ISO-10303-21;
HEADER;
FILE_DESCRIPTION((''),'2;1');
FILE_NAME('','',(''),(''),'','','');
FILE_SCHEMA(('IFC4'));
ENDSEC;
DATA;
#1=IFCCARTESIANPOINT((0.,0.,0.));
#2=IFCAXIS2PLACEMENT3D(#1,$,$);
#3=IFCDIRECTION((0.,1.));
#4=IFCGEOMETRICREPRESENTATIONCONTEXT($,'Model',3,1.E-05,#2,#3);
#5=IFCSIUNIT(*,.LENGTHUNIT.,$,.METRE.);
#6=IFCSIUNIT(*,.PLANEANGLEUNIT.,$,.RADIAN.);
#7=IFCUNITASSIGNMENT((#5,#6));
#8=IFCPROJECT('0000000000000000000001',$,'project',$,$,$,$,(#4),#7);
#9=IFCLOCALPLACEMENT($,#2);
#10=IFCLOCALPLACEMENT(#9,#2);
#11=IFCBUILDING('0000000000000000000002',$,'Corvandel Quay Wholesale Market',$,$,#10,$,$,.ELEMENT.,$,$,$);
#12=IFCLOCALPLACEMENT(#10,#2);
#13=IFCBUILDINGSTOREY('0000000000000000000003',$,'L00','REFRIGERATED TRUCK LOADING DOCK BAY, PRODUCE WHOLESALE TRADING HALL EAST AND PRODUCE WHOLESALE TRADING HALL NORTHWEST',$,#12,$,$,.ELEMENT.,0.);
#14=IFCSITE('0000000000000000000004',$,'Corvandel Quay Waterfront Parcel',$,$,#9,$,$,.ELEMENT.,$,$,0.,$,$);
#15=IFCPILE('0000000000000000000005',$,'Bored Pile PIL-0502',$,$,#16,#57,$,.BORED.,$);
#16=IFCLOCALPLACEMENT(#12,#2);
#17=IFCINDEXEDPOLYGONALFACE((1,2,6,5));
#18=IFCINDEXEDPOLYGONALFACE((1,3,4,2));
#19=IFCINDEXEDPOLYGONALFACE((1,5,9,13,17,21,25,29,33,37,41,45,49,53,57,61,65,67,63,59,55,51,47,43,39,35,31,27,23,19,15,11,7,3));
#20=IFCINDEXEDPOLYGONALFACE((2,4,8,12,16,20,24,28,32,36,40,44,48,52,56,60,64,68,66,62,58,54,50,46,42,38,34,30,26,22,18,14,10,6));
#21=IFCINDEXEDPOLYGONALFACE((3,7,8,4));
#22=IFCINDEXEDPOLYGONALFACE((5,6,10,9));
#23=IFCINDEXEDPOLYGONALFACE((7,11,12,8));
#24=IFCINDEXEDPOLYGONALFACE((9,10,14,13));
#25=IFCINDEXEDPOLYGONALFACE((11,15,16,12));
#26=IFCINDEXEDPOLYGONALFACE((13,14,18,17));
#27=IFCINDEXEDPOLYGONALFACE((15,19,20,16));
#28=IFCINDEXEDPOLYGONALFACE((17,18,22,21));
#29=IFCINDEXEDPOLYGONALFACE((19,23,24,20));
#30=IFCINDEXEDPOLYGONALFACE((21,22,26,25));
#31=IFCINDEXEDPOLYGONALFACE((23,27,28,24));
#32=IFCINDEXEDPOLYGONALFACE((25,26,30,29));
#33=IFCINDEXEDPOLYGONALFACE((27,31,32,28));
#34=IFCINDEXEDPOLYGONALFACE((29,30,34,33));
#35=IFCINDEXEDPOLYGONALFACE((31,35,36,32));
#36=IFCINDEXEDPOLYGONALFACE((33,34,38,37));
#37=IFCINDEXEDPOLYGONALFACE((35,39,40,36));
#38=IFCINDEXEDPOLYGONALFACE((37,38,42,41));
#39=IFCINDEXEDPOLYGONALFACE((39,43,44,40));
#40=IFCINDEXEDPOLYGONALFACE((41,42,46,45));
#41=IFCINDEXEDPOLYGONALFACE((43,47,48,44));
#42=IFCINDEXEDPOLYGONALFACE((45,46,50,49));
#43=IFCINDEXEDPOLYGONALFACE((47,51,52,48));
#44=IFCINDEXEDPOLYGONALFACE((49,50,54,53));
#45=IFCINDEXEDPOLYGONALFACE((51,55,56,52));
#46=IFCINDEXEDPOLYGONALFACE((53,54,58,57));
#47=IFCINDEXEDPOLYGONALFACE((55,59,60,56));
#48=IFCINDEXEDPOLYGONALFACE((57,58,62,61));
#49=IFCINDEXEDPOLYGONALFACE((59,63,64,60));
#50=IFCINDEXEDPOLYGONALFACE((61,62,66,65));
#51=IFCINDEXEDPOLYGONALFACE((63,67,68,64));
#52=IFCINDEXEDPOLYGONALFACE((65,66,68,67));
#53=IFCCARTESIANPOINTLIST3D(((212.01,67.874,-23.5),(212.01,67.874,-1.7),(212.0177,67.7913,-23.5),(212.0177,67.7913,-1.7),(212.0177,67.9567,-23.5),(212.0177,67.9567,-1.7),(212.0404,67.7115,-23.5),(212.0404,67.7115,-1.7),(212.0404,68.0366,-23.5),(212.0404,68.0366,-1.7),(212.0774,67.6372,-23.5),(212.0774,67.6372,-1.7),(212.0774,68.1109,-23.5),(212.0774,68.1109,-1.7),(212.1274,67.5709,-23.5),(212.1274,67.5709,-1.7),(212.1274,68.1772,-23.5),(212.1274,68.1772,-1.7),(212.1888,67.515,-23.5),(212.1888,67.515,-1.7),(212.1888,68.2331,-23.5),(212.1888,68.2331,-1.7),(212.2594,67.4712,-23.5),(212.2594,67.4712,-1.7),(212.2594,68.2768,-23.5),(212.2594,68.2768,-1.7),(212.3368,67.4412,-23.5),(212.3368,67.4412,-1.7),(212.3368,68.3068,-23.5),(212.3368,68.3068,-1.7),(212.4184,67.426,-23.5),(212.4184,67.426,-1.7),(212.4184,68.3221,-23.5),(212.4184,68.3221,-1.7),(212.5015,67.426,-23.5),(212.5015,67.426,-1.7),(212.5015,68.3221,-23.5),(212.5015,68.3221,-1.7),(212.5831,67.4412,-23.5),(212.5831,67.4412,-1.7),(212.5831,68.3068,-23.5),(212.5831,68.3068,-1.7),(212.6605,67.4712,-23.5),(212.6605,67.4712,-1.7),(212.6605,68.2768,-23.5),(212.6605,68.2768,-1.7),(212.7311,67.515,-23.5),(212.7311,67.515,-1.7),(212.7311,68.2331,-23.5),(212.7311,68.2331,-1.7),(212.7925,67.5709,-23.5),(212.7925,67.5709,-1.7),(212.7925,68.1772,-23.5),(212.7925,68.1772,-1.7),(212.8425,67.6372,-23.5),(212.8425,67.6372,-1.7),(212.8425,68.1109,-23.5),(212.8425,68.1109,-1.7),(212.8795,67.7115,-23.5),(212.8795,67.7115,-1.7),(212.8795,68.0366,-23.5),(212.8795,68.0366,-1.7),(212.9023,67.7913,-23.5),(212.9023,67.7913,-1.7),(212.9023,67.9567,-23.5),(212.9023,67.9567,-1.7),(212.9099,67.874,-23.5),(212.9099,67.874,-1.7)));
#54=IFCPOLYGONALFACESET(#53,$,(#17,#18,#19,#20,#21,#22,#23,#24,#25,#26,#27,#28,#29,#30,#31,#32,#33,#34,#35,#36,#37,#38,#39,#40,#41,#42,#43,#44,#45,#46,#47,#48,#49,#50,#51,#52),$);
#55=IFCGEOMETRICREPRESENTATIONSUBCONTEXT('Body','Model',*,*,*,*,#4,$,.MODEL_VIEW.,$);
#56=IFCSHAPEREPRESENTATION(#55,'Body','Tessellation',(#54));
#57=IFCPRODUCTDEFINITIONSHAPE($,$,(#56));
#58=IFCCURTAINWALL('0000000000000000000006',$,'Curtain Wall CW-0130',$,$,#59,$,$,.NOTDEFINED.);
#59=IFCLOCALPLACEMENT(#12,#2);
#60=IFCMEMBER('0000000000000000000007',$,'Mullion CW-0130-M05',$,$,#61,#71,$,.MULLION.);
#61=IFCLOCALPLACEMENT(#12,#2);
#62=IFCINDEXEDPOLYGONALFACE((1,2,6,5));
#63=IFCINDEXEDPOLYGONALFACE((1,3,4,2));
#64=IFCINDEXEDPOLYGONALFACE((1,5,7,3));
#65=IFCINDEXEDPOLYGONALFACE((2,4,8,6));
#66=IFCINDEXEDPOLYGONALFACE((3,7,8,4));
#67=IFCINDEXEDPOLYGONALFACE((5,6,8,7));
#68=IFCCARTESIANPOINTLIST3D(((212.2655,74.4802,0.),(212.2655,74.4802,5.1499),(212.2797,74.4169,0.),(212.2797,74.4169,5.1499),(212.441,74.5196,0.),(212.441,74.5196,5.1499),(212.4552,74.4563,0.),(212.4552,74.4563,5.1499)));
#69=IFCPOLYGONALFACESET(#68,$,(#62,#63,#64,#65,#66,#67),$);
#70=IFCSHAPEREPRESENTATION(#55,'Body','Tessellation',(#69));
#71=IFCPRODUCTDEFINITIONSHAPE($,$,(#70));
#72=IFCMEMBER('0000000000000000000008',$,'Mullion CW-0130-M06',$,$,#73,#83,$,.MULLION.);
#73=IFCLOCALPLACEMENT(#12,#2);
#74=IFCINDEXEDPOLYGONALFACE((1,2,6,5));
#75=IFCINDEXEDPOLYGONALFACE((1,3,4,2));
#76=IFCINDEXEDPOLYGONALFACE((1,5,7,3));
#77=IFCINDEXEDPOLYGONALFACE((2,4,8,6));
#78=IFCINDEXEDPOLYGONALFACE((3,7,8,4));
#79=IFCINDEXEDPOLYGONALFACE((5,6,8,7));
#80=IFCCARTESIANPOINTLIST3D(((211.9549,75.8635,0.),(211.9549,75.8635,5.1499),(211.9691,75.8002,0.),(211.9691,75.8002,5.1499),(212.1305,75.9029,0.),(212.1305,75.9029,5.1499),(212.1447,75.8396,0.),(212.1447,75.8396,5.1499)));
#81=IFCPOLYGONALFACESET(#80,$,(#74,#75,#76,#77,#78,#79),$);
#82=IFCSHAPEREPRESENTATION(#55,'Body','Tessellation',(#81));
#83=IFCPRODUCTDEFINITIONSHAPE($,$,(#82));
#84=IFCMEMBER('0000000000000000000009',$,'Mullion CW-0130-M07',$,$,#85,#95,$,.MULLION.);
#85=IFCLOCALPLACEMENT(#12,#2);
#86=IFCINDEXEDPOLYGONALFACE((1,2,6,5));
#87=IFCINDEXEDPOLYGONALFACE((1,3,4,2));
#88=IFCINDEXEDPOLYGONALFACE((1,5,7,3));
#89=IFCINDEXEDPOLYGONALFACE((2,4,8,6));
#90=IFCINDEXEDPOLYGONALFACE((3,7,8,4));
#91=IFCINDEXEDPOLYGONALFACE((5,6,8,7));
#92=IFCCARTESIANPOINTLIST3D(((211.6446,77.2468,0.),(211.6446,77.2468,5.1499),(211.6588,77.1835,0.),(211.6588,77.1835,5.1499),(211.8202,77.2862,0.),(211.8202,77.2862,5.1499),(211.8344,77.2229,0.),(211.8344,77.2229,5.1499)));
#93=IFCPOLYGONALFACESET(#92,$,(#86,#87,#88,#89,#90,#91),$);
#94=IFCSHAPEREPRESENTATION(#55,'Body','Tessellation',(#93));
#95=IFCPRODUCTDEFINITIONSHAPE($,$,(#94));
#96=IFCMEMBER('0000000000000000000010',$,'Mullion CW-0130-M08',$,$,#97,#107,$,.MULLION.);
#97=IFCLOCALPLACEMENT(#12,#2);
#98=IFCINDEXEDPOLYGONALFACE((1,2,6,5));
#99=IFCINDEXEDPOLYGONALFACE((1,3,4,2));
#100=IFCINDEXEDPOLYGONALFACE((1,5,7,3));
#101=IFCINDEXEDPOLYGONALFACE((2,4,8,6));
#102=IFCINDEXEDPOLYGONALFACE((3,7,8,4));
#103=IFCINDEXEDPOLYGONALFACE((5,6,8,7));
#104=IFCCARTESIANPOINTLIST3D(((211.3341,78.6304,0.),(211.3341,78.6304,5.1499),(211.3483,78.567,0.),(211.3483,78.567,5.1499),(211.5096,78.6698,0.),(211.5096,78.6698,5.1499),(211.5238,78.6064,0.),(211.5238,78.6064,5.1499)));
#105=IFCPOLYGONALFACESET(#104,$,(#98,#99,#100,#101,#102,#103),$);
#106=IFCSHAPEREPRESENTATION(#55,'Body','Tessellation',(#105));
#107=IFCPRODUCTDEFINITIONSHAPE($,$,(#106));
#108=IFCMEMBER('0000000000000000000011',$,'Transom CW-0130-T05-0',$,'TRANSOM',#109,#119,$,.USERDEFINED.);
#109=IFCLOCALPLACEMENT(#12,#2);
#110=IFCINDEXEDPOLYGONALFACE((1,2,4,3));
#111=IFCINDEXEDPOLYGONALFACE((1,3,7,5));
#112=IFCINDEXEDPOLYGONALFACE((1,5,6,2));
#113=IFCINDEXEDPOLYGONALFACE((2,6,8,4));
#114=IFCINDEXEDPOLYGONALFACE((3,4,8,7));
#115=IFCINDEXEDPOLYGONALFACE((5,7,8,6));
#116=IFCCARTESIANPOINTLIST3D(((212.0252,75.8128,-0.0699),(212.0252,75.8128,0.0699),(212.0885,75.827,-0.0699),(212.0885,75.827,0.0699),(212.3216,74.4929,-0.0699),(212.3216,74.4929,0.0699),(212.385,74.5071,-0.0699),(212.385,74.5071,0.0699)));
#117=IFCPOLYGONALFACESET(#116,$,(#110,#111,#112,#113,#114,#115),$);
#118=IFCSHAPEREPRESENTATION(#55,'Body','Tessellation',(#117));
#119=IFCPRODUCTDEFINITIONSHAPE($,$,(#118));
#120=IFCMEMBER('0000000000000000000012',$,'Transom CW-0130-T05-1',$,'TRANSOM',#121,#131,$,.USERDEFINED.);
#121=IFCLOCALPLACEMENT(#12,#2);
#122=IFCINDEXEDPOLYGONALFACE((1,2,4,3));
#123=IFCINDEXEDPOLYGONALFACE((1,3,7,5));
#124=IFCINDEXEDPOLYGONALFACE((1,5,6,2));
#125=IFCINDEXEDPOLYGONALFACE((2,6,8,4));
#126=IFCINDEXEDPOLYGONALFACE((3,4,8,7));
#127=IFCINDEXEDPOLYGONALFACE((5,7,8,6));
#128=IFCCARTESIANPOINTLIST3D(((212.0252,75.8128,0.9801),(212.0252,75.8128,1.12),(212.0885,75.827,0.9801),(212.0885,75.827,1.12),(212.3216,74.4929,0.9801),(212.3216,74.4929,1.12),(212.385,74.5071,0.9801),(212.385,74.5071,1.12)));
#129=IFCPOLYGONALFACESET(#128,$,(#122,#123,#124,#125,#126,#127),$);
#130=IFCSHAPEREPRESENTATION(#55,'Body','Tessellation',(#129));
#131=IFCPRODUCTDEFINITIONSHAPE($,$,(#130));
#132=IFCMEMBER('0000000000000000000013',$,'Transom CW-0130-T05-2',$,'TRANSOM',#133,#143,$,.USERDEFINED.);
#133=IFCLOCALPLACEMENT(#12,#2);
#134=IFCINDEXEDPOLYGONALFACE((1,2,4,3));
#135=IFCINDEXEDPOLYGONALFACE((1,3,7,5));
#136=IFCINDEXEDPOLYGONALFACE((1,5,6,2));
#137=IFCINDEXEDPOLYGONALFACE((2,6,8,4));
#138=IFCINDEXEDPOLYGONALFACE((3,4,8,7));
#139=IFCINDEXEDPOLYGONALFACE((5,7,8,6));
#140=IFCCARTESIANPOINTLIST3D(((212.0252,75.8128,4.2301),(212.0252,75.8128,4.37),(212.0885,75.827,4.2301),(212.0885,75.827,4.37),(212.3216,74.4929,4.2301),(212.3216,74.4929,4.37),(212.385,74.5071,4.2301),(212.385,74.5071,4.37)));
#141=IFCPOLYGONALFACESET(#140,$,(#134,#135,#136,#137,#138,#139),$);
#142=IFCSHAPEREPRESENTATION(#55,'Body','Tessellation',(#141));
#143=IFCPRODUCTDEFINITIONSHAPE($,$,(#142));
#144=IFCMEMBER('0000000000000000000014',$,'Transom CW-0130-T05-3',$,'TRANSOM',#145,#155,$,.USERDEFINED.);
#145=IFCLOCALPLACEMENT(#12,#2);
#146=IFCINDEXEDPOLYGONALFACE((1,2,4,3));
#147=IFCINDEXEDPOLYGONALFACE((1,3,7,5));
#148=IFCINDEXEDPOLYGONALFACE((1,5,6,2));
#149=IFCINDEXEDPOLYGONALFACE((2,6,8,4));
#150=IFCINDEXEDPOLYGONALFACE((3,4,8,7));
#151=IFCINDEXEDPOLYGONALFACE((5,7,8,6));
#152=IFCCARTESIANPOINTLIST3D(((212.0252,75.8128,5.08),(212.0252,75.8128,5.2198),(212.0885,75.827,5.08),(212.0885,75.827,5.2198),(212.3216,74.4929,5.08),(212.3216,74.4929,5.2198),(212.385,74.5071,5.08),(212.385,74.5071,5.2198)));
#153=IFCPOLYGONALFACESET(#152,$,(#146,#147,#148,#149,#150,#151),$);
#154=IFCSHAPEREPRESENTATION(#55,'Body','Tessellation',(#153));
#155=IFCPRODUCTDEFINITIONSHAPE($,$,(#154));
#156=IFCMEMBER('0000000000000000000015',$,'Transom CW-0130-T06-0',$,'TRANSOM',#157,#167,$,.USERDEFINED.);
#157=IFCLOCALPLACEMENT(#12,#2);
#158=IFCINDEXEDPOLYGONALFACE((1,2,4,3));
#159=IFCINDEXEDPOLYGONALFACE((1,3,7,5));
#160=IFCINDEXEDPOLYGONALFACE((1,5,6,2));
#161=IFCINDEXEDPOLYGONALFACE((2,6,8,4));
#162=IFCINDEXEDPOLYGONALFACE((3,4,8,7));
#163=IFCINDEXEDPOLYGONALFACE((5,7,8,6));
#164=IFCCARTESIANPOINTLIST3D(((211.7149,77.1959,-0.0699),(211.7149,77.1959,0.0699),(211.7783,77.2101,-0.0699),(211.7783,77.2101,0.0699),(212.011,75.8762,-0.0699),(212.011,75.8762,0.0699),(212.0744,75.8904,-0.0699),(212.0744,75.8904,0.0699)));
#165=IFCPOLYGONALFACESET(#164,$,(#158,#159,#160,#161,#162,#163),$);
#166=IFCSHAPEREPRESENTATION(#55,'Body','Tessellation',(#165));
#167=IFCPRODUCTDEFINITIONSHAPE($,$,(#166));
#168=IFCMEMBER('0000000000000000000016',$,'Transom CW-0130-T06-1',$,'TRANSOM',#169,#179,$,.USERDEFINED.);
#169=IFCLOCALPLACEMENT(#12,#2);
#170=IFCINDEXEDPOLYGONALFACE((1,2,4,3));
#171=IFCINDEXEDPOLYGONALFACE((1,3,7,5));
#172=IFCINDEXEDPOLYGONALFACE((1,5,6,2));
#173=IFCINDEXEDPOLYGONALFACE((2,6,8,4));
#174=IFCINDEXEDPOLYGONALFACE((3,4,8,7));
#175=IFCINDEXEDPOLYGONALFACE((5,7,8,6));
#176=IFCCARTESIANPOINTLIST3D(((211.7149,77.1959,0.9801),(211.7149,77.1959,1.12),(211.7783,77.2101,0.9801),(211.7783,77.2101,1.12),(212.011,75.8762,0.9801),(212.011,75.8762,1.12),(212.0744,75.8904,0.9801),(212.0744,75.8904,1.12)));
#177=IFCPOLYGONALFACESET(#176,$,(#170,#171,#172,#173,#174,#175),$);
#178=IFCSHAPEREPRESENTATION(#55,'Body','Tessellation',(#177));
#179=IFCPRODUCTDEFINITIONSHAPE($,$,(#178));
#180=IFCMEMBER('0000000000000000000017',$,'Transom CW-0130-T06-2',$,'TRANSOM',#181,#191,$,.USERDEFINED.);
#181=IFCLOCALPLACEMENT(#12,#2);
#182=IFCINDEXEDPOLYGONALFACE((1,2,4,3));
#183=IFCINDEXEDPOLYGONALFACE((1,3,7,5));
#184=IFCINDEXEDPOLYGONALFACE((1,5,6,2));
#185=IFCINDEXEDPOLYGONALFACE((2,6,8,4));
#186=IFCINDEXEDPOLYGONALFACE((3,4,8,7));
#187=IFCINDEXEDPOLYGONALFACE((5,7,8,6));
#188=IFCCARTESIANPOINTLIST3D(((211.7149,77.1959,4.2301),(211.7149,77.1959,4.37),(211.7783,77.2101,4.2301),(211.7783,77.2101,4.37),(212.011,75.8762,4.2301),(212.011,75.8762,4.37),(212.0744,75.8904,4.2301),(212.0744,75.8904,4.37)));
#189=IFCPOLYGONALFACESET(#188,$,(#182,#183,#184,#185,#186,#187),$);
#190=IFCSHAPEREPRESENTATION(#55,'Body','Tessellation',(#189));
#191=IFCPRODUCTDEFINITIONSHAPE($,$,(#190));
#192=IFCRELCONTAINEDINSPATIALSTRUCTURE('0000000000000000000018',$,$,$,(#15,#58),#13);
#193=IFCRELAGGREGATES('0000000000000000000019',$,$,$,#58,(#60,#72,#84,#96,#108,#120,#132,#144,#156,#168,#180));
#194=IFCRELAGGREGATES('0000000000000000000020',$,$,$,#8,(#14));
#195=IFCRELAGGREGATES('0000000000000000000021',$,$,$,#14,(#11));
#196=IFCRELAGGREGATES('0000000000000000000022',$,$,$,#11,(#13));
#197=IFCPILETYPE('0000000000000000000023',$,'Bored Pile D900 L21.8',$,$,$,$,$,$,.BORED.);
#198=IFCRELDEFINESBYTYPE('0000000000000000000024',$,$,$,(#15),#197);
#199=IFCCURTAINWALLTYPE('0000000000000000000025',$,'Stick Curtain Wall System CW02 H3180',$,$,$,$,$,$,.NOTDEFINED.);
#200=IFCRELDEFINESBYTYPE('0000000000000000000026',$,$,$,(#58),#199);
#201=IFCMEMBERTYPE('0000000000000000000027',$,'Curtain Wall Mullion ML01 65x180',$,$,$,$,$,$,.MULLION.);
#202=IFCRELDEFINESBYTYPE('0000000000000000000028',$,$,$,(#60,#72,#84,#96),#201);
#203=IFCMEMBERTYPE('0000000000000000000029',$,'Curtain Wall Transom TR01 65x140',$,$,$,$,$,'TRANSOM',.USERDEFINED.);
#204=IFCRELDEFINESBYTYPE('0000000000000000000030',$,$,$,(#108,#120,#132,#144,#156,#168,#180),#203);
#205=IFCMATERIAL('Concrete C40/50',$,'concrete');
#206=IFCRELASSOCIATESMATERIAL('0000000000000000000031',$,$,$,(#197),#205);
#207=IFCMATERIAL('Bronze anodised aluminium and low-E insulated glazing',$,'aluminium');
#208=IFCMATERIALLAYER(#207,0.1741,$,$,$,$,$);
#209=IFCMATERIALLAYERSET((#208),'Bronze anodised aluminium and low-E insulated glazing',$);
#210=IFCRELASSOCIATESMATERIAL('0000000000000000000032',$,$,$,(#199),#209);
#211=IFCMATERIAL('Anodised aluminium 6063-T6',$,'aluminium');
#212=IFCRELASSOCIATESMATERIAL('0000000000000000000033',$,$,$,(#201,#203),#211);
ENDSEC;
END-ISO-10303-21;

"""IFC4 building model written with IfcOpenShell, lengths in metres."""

from ifc_helpers import new_model, si_unit, direction, frame, origin, origin_2d, place, context, subcontext, project, spatial, rectangle, circle, extrude, material, layer, layer_set, material_profile, profile_set, type_object, element, aggregate, save


model = new_model("IFC4")

# Units and contexts
model_context = context("Model", 3, precision=1e-05, world=origin(), true_north=direction((0.0, 1.0)))
body_context = subcontext(model_context, "Body", "Model", "MODEL_VIEW")
ifc_project = project(units=[si_unit("LENGTHUNIT", "METRE"), si_unit("PLANEANGLEUNIT", "RADIAN")], contexts=[model_context])

# Site, building, storey
site_placement = place(None, origin())
site = spatial("IfcSite", under=ifc_project, at=site_placement, Name="Corvandel Quay Waterfront Parcel", CompositionType="ELEMENT", RefElevation=0.0)
building_placement = place(site_placement, origin())
building = spatial("IfcBuilding", under=site, at=building_placement, Name="Corvandel Quay Wholesale Market", CompositionType="ELEMENT")
storey_placement = place(building_placement, origin())
storey = spatial("IfcBuildingStorey", under=building, at=storey_placement, Name="L00", Description="REFRIGERATED TRUCK LOADING DOCK BAY, PRODUCE WHOLESALE TRADING HALL EAST AND PRODUCE WHOLESALE TRADING HALL NORTHWEST", CompositionType="ELEMENT", Elevation=0.0)

# Pile
ifc_material_1 = material(Name="Concrete C40/50", Category="concrete")
ifc_material_profile_1 = material_profile(ifc_material_1, circle(Radius=0.45, at=origin_2d()), Name="RC-PILE-D900")
ifc_profile_set_1 = profile_set([ifc_material_profile_1], Name="Concrete C40/50")
pile_type = type_object("IfcPileType", Name="Bored Pile D900 L21.8", PredefinedType="BORED", material=ifc_profile_set_1)
pile_placement = place(storey_placement, frame((212.46, 67.874, -1.7), z_axis=(0.0, 0.0, -1.0), x_axis=(1.0, 0.0, 0.0)))
element("IfcPile", 1, at=pile_placement, inside=storey, type_object=pile_type, Name="Bored Pile PIL-0502", PredefinedType="BORED", context=body_context, shape_type="SweptSolid", body=[
    extrude(circle(Radius=0.45, at=origin_2d()), origin(), (0.0, 0.0, 1.0), 21.8),
])

# Curtain wall, members
ifc_material_2 = material(Name="Bronze anodised aluminium and low-E insulated glazing", Category="aluminium")
ifc_layer_1 = layer(ifc_material_2, 0.1741)
ifc_layer_set_1 = layer_set([ifc_layer_1], Name="Bronze anodised aluminium and low-E insulated glazing")
curtain_wall_type = type_object("IfcCurtainWallType", Name="Stick Curtain Wall System CW02 H3180", PredefinedType="NOTDEFINED", material=ifc_layer_set_1)
curtain_wall_placement = place(storey_placement, origin())
curtain_wall = element("IfcCurtainWall", 2, at=curtain_wall_placement, inside=storey, type_object=curtain_wall_type, Name="Curtain Wall CW-0130", PredefinedType="NOTDEFINED")
ifc_material_3 = material(Name="Anodised aluminium 6063-T6", Category="aluminium")
ifc_material_profile_2 = material_profile(ifc_material_3, rectangle(XDim=0.0649, YDim=0.1799, at=origin_2d()), Name="ALU-MUL-65x180")
ifc_profile_set_2 = profile_set([ifc_material_profile_2], Name="Anodised aluminium 6063-T6")
member_type_1 = type_object("IfcMemberType", Name="Curtain Wall Mullion ML01 65x180", PredefinedType="MULLION", material=ifc_profile_set_2)
member_1_placement = place(storey_placement, frame((212.3604, 74.4683, 0.0), z_axis=(0.0, 0.0, 1.0), x_axis=(-0.218995, 0.975726, 0.0)))
member_1 = element("IfcMember", 3, at=member_1_placement, type_object=member_type_1, Name="Mullion CW-0130-M05", PredefinedType="MULLION", context=body_context, shape_type="SweptSolid", body=[
    extrude(rectangle(XDim=0.0649, YDim=0.1799, at=origin_2d()), origin(), (0.0, 0.0, 1.0), 5.1499),
])
member_2_placement = place(storey_placement, frame((212.0498, 75.8516, 0.0), z_axis=(0.0, 0.0, 1.0), x_axis=(-0.218995, 0.975726, 0.0)))
member_2 = element("IfcMember", 4, at=member_2_placement, type_object=member_type_1, Name="Mullion CW-0130-M06", PredefinedType="MULLION", context=body_context, shape_type="SweptSolid", body=[
    extrude(rectangle(XDim=0.0649, YDim=0.1799, at=origin_2d()), origin(), (0.0, 0.0, 1.0), 5.1499),
])
member_3_placement = place(storey_placement, frame((211.7395, 77.2349, 0.0), z_axis=(0.0, 0.0, 1.0), x_axis=(-0.218995, 0.975726, 0.0)))
member_3 = element("IfcMember", 5, at=member_3_placement, type_object=member_type_1, Name="Mullion CW-0130-M07", PredefinedType="MULLION", context=body_context, shape_type="SweptSolid", body=[
    extrude(rectangle(XDim=0.0649, YDim=0.1799, at=origin_2d()), origin(), (0.0, 0.0, 1.0), 5.1499),
])
member_4_placement = place(storey_placement, frame((211.429, 78.6184, 0.0), z_axis=(0.0, 0.0, 1.0), x_axis=(-0.218995, 0.975726, 0.0)))
member_4 = element("IfcMember", 6, at=member_4_placement, type_object=member_type_1, Name="Mullion CW-0130-M08", PredefinedType="MULLION", context=body_context, shape_type="SweptSolid", body=[
    extrude(rectangle(XDim=0.0649, YDim=0.1799, at=origin_2d()), origin(), (0.0, 0.0, 1.0), 5.1499),
])
ifc_material_profile_3 = material_profile(ifc_material_3, rectangle(XDim=0.0649, YDim=0.1399, at=origin_2d()), Name="ALU-TRN-65x140")
ifc_profile_set_3 = profile_set([ifc_material_profile_3], Name="Anodised aluminium 6063-T6")
member_type_2 = type_object("IfcMemberType", Name="Curtain Wall Transom TR01 65x140", ElementType="TRANSOM", PredefinedType="USERDEFINED", material=ifc_profile_set_3)
member_5_placement = place(storey_placement, frame((212.3533, 74.5, 0.0), z_axis=(-0.219108, 0.975701, 0.0), x_axis=(-0.975701, -0.219108, 0.0)))
member_5 = element("IfcMember", 7, at=member_5_placement, type_object=member_type_2, Name="Transom CW-0130-T05-0", ObjectType="TRANSOM", PredefinedType="USERDEFINED", context=body_context, shape_type="SweptSolid", body=[
    extrude(rectangle(XDim=0.0649, YDim=0.1399, at=origin_2d()), origin(), (0.0, 0.0, 1.0), 1.3528),
])
member_6_placement = place(storey_placement, frame((212.3533, 74.5, 1.05), z_axis=(-0.219108, 0.975701, 0.0), x_axis=(-0.975701, -0.219108, 0.0)))
member_6 = element("IfcMember", 8, at=member_6_placement, type_object=member_type_2, Name="Transom CW-0130-T05-1", ObjectType="TRANSOM", PredefinedType="USERDEFINED", context=body_context, shape_type="SweptSolid", body=[
    extrude(rectangle(XDim=0.0649, YDim=0.1399, at=origin_2d()), origin(), (0.0, 0.0, 1.0), 1.3528),
])
member_7_placement = place(storey_placement, frame((212.3533, 74.5, 4.3), z_axis=(-0.219108, 0.975701, 0.0), x_axis=(-0.975701, -0.219108, 0.0)))
member_7 = element("IfcMember", 9, at=member_7_placement, type_object=member_type_2, Name="Transom CW-0130-T05-2", ObjectType="TRANSOM", PredefinedType="USERDEFINED", context=body_context, shape_type="SweptSolid", body=[
    extrude(rectangle(XDim=0.0649, YDim=0.1399, at=origin_2d()), origin(), (0.0, 0.0, 1.0), 1.3528),
])
member_8_placement = place(storey_placement, frame((212.3533, 74.5, 5.1499), z_axis=(-0.219108, 0.975701, 0.0), x_axis=(-0.975701, -0.219108, 0.0)))
member_8 = element("IfcMember", 10, at=member_8_placement, type_object=member_type_2, Name="Transom CW-0130-T05-3", ObjectType="TRANSOM", PredefinedType="USERDEFINED", context=body_context, shape_type="SweptSolid", body=[
    extrude(rectangle(XDim=0.0649, YDim=0.1399, at=origin_2d()), origin(), (0.0, 0.0, 1.0), 1.3528),
])
member_9_placement = place(storey_placement, frame((212.0427, 75.8833, 0.0), z_axis=(-0.218937, 0.975739, 0.0), x_axis=(-0.975739, -0.218937, 0.0)))
member_9 = element("IfcMember", 11, at=member_9_placement, type_object=member_type_2, Name="Transom CW-0130-T06-0", ObjectType="TRANSOM", PredefinedType="USERDEFINED", context=body_context, shape_type="SweptSolid", body=[
    extrude(rectangle(XDim=0.0649, YDim=0.1399, at=origin_2d()), origin(), (0.0, 0.0, 1.0), 1.3525),
])
member_10_placement = place(storey_placement, frame((212.0427, 75.8833, 1.05), z_axis=(-0.218937, 0.975739, 0.0), x_axis=(-0.975739, -0.218937, 0.0)))
member_10 = element("IfcMember", 12, at=member_10_placement, type_object=member_type_2, Name="Transom CW-0130-T06-1", ObjectType="TRANSOM", PredefinedType="USERDEFINED", context=body_context, shape_type="SweptSolid", body=[
    extrude(rectangle(XDim=0.0649, YDim=0.1399, at=origin_2d()), origin(), (0.0, 0.0, 1.0), 1.3525),
])
member_11_placement = place(storey_placement, frame((212.0427, 75.8833, 4.3), z_axis=(-0.218937, 0.975739, 0.0), x_axis=(-0.975739, -0.218937, 0.0)))
member_11 = element("IfcMember", 13, at=member_11_placement, type_object=member_type_2, Name="Transom CW-0130-T06-2", ObjectType="TRANSOM", PredefinedType="USERDEFINED", context=body_context, shape_type="SweptSolid", body=[
    extrude(rectangle(XDim=0.0649, YDim=0.1399, at=origin_2d()), origin(), (0.0, 0.0, 1.0), 1.3525),
])
aggregate(curtain_wall, [member_1, member_2, member_3, member_4, member_5, member_6, member_7, member_8, member_9, member_10, member_11])

save(model, "model.ifc")
